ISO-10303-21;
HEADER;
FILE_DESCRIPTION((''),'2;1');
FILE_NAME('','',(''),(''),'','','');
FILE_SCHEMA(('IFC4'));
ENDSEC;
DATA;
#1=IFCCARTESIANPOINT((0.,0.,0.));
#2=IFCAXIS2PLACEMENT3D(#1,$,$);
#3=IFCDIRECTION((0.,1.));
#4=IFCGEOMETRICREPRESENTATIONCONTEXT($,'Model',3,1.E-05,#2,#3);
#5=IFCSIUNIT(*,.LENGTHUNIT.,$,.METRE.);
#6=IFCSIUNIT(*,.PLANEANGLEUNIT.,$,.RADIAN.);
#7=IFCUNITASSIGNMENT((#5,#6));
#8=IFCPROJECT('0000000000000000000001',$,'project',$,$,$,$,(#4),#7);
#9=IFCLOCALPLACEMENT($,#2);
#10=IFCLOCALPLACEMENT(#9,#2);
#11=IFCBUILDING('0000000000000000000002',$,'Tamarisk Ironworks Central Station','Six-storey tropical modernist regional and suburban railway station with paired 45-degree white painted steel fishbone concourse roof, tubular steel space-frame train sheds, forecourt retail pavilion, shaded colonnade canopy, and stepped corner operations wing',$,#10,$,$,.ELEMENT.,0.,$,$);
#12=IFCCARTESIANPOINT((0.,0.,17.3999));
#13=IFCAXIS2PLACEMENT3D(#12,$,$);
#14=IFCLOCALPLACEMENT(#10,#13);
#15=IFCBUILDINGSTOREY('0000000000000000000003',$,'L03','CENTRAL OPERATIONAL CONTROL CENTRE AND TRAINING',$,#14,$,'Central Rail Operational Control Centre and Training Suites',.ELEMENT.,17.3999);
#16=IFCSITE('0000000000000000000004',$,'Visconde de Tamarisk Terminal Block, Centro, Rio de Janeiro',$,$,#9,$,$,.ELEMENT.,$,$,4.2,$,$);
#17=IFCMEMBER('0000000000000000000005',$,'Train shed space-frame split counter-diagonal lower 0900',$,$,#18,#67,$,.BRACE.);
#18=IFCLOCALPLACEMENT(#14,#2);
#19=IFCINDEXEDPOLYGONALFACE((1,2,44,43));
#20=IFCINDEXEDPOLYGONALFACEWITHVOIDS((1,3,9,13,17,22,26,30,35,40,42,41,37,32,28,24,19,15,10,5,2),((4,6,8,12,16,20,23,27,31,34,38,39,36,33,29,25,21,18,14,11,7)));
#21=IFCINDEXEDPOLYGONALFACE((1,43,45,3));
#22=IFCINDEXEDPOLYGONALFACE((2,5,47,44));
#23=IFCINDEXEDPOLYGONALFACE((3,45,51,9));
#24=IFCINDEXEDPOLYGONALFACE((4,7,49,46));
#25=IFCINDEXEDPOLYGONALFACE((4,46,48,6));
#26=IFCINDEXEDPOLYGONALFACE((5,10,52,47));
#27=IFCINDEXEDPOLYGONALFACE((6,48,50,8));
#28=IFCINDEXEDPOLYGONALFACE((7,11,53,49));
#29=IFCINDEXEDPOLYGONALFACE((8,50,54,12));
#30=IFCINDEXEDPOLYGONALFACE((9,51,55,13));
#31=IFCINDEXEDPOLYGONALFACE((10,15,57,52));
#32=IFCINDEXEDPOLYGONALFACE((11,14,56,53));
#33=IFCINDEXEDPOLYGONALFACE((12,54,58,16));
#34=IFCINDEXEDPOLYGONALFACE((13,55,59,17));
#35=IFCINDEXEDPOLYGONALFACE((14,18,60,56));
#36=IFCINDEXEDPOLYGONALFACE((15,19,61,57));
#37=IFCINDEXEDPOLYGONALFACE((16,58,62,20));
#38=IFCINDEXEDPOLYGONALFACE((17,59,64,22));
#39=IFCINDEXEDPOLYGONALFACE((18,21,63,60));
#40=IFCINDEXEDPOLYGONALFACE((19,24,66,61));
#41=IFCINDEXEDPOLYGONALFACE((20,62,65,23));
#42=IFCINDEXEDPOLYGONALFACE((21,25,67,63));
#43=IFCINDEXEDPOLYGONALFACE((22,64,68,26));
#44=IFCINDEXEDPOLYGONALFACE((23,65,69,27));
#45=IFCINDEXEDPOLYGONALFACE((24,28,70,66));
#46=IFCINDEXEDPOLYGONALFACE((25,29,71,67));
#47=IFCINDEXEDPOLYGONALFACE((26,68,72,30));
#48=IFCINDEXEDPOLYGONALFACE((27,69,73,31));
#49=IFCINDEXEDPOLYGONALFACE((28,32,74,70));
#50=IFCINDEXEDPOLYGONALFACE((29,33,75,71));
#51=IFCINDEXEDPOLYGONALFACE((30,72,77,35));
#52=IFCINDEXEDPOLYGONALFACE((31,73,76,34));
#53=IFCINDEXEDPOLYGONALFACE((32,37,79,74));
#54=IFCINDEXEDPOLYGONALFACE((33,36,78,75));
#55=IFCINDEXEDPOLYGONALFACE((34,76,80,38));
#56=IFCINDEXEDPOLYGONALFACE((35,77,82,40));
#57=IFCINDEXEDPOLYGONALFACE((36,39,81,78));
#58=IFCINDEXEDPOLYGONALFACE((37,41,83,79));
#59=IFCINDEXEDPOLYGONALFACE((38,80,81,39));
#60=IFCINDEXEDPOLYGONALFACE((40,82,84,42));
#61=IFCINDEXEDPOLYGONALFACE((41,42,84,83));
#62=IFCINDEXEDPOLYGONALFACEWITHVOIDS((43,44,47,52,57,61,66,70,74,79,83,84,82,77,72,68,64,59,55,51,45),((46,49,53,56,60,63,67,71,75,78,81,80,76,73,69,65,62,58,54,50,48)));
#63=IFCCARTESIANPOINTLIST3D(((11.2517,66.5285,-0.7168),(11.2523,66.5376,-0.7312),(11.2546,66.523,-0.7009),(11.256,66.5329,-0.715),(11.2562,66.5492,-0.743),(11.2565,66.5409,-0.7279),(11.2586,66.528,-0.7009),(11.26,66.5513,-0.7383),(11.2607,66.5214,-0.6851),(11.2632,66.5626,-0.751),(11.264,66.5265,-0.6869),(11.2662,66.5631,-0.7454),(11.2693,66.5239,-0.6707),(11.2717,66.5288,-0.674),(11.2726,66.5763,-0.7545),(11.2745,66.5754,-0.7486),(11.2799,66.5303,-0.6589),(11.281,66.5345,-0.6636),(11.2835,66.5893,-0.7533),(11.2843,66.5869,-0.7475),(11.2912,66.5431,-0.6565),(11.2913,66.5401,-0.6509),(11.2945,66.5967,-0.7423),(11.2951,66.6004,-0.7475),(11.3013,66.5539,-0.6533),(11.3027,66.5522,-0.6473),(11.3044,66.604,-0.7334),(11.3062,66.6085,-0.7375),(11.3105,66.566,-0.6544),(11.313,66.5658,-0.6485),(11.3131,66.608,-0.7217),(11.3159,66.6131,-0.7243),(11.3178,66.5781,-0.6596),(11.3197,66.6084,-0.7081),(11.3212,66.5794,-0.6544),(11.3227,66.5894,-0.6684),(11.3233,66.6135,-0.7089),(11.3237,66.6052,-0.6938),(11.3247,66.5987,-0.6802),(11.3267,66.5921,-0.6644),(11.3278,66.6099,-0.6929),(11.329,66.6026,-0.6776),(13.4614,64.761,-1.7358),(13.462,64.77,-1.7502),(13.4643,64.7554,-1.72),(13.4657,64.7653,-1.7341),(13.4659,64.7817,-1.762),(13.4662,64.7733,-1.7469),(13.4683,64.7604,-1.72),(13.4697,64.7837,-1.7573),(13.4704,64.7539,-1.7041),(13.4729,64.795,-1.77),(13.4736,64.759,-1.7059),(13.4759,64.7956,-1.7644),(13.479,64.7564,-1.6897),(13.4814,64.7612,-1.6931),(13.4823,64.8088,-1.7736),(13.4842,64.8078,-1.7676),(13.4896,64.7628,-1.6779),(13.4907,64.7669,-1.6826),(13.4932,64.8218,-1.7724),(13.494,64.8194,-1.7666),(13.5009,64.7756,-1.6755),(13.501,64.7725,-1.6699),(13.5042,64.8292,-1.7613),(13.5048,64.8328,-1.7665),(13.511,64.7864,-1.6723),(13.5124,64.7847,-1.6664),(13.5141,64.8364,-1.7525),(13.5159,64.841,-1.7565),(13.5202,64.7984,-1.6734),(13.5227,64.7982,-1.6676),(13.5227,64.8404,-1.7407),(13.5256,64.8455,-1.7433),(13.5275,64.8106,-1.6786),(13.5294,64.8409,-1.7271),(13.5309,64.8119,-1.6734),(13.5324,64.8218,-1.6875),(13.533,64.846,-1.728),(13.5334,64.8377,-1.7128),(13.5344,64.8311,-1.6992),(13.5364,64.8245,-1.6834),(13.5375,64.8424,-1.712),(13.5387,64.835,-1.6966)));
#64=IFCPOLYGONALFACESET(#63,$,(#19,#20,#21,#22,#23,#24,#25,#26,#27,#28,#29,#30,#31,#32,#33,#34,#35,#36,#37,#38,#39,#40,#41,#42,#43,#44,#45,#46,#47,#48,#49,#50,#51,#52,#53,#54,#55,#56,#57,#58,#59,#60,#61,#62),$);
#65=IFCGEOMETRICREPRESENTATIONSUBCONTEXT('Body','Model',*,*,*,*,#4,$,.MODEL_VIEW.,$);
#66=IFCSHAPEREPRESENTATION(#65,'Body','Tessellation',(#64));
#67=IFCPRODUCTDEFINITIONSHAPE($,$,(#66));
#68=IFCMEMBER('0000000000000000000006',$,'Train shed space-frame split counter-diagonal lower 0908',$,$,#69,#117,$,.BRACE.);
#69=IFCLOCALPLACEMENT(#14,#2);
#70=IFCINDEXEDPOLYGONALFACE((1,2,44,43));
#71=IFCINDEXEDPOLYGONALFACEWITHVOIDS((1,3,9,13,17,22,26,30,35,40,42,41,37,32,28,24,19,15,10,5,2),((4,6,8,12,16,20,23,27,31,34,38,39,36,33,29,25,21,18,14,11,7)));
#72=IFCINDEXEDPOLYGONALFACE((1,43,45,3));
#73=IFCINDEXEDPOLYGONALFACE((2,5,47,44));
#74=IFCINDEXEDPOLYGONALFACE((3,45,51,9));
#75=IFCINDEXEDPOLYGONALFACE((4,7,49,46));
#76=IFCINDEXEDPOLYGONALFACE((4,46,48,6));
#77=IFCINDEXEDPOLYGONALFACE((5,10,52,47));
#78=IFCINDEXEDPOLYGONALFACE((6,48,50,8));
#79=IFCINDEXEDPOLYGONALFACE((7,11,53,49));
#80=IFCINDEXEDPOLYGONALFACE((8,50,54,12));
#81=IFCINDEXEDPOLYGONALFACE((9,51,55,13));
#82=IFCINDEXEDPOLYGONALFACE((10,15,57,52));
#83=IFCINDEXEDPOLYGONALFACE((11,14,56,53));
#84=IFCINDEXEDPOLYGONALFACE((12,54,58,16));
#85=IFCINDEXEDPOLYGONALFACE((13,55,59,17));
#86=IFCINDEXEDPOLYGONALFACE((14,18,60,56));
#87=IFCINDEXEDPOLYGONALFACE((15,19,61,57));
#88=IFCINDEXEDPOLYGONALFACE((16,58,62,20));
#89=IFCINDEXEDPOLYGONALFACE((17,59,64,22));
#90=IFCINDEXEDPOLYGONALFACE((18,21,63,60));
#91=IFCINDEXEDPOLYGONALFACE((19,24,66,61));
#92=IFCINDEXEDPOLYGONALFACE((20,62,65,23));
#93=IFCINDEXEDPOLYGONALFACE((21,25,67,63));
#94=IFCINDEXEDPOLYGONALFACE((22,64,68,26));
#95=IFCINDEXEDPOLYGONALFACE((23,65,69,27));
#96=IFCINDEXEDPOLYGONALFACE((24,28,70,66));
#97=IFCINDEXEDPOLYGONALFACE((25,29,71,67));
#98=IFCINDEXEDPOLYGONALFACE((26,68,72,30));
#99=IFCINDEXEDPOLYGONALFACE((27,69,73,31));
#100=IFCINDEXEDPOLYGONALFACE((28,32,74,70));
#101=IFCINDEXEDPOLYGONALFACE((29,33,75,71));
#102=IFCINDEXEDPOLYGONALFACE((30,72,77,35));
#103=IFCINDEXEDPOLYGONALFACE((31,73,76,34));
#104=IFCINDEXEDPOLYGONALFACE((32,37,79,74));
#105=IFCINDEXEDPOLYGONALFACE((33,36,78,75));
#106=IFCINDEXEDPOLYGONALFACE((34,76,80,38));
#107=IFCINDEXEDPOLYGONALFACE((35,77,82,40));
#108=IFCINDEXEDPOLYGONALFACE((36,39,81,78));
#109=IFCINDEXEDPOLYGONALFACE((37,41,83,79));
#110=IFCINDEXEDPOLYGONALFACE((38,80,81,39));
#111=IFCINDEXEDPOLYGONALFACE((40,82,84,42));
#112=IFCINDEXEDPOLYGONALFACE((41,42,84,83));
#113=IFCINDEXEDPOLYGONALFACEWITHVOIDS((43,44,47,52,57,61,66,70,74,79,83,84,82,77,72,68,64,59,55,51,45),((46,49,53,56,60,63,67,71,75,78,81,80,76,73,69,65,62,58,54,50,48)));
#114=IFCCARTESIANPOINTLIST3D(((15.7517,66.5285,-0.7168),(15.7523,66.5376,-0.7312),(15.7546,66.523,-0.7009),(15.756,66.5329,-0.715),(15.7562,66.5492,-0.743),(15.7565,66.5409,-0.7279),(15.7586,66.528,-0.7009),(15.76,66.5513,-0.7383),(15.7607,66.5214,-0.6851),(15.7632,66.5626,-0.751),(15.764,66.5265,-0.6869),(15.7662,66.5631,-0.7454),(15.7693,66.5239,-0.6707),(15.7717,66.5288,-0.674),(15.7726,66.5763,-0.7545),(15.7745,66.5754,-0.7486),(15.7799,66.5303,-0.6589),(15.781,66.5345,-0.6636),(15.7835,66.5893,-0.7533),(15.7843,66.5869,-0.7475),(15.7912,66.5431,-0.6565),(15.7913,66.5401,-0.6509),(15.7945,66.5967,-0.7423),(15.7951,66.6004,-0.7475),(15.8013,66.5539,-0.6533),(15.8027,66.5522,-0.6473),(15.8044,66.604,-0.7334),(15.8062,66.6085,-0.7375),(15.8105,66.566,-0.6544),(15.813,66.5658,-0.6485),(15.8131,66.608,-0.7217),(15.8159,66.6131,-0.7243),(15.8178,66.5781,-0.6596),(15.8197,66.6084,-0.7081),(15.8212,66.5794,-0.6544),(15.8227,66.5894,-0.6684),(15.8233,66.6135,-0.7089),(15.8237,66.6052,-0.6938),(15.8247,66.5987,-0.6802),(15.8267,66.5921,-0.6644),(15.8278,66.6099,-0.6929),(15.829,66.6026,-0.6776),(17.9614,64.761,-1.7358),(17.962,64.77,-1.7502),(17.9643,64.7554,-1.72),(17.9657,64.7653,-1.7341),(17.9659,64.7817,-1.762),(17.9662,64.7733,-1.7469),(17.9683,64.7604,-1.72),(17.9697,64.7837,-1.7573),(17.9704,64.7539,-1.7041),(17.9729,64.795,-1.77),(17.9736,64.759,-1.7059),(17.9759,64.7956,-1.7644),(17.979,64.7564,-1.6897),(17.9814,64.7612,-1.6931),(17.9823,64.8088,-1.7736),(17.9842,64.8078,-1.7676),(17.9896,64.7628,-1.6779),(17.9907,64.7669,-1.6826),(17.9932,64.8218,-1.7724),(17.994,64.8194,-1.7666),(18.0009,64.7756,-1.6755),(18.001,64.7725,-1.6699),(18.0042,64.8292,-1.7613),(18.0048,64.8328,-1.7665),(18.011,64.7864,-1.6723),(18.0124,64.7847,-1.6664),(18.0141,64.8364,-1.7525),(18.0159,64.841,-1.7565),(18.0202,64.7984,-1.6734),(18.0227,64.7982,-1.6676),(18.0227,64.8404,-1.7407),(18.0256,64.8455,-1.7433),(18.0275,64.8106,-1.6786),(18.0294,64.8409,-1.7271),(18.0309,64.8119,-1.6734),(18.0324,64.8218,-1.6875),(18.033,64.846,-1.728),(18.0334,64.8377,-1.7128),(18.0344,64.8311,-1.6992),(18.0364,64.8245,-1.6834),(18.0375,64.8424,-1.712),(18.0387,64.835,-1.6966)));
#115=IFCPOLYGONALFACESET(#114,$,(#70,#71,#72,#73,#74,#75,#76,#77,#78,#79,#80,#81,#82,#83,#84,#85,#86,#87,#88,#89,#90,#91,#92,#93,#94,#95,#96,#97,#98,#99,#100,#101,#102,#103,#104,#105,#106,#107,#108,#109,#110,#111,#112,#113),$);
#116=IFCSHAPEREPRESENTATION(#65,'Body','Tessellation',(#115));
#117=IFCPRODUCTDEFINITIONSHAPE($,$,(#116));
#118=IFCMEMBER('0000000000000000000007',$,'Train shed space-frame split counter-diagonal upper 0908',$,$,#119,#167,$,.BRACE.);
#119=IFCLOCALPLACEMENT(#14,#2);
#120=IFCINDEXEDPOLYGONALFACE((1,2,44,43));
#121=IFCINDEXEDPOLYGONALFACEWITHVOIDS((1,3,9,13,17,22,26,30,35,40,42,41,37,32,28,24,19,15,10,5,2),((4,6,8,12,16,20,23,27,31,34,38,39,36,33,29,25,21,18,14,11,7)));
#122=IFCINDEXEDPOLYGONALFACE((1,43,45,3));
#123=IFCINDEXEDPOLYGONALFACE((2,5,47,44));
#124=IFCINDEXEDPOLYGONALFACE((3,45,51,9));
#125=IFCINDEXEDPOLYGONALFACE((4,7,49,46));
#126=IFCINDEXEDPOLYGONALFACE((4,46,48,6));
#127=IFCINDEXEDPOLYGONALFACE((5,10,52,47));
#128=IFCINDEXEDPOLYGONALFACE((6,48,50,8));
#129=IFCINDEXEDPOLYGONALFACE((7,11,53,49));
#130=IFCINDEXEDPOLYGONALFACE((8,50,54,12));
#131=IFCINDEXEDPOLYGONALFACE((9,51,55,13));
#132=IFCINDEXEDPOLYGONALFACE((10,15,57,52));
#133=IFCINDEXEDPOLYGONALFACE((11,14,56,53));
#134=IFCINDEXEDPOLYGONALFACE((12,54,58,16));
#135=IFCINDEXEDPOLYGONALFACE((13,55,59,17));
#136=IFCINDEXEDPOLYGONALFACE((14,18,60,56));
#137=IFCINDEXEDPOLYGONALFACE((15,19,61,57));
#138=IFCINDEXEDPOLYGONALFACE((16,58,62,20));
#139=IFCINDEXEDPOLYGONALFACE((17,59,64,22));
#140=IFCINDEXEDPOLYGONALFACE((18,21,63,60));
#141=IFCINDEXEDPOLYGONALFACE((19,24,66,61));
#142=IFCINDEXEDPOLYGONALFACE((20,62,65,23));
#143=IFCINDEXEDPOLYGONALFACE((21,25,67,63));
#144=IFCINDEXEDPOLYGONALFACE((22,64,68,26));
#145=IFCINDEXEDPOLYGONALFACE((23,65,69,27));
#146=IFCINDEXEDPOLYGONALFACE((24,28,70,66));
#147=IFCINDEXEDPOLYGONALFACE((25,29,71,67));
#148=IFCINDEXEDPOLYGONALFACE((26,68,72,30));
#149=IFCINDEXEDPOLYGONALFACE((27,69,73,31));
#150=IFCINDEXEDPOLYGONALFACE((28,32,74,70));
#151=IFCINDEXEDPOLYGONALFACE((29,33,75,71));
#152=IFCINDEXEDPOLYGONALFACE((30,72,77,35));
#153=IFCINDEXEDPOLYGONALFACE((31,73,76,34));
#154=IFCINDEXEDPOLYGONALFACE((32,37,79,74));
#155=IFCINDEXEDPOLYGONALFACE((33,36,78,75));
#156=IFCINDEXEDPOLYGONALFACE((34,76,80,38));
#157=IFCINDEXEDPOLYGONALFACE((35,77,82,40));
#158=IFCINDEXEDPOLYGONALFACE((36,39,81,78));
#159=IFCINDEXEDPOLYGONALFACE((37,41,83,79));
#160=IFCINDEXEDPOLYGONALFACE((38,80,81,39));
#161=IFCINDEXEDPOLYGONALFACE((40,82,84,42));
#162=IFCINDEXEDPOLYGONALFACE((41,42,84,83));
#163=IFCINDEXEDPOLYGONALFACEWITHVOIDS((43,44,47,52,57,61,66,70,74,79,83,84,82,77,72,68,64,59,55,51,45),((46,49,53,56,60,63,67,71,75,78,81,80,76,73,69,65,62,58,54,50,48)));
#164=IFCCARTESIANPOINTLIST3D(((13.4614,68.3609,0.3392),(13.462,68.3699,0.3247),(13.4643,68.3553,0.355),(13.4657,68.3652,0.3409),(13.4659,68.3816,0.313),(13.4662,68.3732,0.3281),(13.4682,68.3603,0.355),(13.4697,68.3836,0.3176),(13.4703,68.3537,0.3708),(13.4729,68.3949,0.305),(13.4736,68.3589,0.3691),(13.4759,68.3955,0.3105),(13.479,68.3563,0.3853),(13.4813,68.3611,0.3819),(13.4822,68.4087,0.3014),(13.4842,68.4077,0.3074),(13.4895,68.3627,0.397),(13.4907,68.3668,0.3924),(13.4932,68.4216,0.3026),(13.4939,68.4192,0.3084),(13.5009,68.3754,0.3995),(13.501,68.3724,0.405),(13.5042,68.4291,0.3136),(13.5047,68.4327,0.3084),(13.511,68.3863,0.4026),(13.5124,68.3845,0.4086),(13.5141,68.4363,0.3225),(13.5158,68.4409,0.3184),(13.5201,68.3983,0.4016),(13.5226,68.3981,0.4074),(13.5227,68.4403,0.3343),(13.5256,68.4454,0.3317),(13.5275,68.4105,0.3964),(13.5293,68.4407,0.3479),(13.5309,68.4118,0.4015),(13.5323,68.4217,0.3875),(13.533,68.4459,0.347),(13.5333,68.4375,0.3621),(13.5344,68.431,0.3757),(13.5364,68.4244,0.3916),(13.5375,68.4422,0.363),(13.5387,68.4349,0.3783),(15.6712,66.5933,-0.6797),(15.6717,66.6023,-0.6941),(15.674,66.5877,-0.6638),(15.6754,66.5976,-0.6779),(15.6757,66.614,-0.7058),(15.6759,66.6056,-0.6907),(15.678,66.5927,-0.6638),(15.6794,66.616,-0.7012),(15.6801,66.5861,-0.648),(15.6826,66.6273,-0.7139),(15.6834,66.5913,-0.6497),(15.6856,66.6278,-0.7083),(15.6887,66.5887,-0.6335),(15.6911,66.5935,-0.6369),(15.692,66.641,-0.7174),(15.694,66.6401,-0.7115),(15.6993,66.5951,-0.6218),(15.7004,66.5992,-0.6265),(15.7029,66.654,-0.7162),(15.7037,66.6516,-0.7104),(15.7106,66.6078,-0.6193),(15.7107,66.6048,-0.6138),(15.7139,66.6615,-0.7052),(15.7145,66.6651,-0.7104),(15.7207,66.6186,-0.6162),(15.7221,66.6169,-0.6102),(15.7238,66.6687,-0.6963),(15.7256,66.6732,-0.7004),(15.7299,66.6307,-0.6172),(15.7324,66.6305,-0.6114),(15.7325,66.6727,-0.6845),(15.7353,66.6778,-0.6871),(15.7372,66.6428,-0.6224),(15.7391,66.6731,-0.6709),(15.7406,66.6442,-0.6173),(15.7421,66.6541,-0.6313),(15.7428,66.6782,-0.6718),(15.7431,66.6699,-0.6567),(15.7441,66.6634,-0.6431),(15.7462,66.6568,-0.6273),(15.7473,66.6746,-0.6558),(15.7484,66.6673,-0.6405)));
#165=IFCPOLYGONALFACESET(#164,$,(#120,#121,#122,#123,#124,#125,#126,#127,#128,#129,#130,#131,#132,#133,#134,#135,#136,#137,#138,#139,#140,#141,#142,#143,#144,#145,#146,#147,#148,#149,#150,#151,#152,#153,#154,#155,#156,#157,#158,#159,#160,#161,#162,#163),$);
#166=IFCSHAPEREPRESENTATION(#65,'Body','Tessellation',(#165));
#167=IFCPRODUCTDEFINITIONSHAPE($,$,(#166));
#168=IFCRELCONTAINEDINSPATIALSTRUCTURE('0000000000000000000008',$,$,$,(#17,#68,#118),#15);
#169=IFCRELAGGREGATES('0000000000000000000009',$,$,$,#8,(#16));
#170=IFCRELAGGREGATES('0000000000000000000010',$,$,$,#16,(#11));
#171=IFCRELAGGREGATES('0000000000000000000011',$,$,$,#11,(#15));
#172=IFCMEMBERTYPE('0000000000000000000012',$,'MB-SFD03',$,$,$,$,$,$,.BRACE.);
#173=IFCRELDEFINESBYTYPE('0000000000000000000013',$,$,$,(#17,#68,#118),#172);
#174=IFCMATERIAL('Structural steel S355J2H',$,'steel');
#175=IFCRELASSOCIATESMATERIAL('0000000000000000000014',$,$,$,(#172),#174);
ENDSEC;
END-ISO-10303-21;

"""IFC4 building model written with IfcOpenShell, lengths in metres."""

from ifc_helpers import new_model, si_unit, direction, frame, origin, origin_2d, place, context, subcontext, project, spatial, hollow_circle, extrude, material, material_profile, profile_set, type_object, element, save


model = new_model("IFC4")

# Units and contexts
model_context = context("Model", 3, precision=1e-05, world=origin(), true_north=direction((0.0, 1.0)))
body_context = subcontext(model_context, "Body", "Model", "MODEL_VIEW")
ifc_project = project(units=[si_unit("LENGTHUNIT", "METRE"), si_unit("PLANEANGLEUNIT", "RADIAN")], contexts=[model_context])

# Site, building, storey
site_placement = place(None, origin())
site = spatial("IfcSite", under=ifc_project, at=site_placement, Name="Visconde de Tamarisk Terminal Block, Centro, Rio de Janeiro", CompositionType="ELEMENT", RefElevation=4.2)
building_placement = place(site_placement, origin())
building = spatial("IfcBuilding", under=site, at=building_placement, Name="Tamarisk Ironworks Central Station", Description="Six-storey tropical modernist regional and suburban railway station with paired 45-degree white painted steel fishbone concourse roof, tubular steel space-frame train sheds, forecourt retail pavilion, shaded colonnade canopy, and stepped corner operations wing", CompositionType="ELEMENT", ElevationOfRefHeight=0.0)
storey_placement = place(building_placement, frame((0.0, 0.0, 17.3999)))
storey = spatial("IfcBuildingStorey", under=building, at=storey_placement, Name="L03", Description="CENTRAL OPERATIONAL CONTROL CENTRE AND TRAINING", LongName="Central Rail Operational Control Centre and Training Suites", CompositionType="ELEMENT", Elevation=17.3999)

# Members
ifc_material_1 = material(Name="Structural steel S355J2H", Category="steel")
ifc_material_profile_1 = material_profile(ifc_material_1, hollow_circle(Radius=0.0571, WallThickness=0.0063, at=origin_2d()), Name="CHS 114.3x6.3")
ifc_profile_set_1 = profile_set([ifc_material_profile_1], Name="Structural steel S355J2H")
member_type_1 = type_object("IfcMemberType", Name="MB-SFD03", PredefinedType="BRACE", material=ifc_profile_set_1)
for number, where, z_axis, x_axis, name in (
    (1, (13.5, 64.8, -1.72), (-0.734712, 0.587705, 0.338823), (-0.624653, -0.780902, 0.0), "Train shed space-frame split counter-diagonal lower 0900"),
    (2, (18.0, 64.8, -1.72), (-0.734712, 0.587705, 0.338823), (-0.624653, -0.780902, 0.0), "Train shed space-frame split counter-diagonal lower 0908"),
    (3, (15.7097, 66.6323, -0.6638), (-0.734732, 0.587721, 0.338751), (-0.624653, -0.780902, 0.0), "Train shed space-frame split counter-diagonal upper 0908"),
):
    element("IfcMember", number, at=place(storey_placement, frame(where, z_axis=z_axis, x_axis=x_axis)), inside=storey, type_object=member_type_1, Name=name, PredefinedType="BRACE", context=body_context, shape_type="SweptSolid", body=[
        extrude(hollow_circle(Radius=0.0571, WallThickness=0.0063, at=origin_2d()), origin(), (0.0, 0.0, 1.0), 3.0076),
    ])

save(model, "model.ifc")
